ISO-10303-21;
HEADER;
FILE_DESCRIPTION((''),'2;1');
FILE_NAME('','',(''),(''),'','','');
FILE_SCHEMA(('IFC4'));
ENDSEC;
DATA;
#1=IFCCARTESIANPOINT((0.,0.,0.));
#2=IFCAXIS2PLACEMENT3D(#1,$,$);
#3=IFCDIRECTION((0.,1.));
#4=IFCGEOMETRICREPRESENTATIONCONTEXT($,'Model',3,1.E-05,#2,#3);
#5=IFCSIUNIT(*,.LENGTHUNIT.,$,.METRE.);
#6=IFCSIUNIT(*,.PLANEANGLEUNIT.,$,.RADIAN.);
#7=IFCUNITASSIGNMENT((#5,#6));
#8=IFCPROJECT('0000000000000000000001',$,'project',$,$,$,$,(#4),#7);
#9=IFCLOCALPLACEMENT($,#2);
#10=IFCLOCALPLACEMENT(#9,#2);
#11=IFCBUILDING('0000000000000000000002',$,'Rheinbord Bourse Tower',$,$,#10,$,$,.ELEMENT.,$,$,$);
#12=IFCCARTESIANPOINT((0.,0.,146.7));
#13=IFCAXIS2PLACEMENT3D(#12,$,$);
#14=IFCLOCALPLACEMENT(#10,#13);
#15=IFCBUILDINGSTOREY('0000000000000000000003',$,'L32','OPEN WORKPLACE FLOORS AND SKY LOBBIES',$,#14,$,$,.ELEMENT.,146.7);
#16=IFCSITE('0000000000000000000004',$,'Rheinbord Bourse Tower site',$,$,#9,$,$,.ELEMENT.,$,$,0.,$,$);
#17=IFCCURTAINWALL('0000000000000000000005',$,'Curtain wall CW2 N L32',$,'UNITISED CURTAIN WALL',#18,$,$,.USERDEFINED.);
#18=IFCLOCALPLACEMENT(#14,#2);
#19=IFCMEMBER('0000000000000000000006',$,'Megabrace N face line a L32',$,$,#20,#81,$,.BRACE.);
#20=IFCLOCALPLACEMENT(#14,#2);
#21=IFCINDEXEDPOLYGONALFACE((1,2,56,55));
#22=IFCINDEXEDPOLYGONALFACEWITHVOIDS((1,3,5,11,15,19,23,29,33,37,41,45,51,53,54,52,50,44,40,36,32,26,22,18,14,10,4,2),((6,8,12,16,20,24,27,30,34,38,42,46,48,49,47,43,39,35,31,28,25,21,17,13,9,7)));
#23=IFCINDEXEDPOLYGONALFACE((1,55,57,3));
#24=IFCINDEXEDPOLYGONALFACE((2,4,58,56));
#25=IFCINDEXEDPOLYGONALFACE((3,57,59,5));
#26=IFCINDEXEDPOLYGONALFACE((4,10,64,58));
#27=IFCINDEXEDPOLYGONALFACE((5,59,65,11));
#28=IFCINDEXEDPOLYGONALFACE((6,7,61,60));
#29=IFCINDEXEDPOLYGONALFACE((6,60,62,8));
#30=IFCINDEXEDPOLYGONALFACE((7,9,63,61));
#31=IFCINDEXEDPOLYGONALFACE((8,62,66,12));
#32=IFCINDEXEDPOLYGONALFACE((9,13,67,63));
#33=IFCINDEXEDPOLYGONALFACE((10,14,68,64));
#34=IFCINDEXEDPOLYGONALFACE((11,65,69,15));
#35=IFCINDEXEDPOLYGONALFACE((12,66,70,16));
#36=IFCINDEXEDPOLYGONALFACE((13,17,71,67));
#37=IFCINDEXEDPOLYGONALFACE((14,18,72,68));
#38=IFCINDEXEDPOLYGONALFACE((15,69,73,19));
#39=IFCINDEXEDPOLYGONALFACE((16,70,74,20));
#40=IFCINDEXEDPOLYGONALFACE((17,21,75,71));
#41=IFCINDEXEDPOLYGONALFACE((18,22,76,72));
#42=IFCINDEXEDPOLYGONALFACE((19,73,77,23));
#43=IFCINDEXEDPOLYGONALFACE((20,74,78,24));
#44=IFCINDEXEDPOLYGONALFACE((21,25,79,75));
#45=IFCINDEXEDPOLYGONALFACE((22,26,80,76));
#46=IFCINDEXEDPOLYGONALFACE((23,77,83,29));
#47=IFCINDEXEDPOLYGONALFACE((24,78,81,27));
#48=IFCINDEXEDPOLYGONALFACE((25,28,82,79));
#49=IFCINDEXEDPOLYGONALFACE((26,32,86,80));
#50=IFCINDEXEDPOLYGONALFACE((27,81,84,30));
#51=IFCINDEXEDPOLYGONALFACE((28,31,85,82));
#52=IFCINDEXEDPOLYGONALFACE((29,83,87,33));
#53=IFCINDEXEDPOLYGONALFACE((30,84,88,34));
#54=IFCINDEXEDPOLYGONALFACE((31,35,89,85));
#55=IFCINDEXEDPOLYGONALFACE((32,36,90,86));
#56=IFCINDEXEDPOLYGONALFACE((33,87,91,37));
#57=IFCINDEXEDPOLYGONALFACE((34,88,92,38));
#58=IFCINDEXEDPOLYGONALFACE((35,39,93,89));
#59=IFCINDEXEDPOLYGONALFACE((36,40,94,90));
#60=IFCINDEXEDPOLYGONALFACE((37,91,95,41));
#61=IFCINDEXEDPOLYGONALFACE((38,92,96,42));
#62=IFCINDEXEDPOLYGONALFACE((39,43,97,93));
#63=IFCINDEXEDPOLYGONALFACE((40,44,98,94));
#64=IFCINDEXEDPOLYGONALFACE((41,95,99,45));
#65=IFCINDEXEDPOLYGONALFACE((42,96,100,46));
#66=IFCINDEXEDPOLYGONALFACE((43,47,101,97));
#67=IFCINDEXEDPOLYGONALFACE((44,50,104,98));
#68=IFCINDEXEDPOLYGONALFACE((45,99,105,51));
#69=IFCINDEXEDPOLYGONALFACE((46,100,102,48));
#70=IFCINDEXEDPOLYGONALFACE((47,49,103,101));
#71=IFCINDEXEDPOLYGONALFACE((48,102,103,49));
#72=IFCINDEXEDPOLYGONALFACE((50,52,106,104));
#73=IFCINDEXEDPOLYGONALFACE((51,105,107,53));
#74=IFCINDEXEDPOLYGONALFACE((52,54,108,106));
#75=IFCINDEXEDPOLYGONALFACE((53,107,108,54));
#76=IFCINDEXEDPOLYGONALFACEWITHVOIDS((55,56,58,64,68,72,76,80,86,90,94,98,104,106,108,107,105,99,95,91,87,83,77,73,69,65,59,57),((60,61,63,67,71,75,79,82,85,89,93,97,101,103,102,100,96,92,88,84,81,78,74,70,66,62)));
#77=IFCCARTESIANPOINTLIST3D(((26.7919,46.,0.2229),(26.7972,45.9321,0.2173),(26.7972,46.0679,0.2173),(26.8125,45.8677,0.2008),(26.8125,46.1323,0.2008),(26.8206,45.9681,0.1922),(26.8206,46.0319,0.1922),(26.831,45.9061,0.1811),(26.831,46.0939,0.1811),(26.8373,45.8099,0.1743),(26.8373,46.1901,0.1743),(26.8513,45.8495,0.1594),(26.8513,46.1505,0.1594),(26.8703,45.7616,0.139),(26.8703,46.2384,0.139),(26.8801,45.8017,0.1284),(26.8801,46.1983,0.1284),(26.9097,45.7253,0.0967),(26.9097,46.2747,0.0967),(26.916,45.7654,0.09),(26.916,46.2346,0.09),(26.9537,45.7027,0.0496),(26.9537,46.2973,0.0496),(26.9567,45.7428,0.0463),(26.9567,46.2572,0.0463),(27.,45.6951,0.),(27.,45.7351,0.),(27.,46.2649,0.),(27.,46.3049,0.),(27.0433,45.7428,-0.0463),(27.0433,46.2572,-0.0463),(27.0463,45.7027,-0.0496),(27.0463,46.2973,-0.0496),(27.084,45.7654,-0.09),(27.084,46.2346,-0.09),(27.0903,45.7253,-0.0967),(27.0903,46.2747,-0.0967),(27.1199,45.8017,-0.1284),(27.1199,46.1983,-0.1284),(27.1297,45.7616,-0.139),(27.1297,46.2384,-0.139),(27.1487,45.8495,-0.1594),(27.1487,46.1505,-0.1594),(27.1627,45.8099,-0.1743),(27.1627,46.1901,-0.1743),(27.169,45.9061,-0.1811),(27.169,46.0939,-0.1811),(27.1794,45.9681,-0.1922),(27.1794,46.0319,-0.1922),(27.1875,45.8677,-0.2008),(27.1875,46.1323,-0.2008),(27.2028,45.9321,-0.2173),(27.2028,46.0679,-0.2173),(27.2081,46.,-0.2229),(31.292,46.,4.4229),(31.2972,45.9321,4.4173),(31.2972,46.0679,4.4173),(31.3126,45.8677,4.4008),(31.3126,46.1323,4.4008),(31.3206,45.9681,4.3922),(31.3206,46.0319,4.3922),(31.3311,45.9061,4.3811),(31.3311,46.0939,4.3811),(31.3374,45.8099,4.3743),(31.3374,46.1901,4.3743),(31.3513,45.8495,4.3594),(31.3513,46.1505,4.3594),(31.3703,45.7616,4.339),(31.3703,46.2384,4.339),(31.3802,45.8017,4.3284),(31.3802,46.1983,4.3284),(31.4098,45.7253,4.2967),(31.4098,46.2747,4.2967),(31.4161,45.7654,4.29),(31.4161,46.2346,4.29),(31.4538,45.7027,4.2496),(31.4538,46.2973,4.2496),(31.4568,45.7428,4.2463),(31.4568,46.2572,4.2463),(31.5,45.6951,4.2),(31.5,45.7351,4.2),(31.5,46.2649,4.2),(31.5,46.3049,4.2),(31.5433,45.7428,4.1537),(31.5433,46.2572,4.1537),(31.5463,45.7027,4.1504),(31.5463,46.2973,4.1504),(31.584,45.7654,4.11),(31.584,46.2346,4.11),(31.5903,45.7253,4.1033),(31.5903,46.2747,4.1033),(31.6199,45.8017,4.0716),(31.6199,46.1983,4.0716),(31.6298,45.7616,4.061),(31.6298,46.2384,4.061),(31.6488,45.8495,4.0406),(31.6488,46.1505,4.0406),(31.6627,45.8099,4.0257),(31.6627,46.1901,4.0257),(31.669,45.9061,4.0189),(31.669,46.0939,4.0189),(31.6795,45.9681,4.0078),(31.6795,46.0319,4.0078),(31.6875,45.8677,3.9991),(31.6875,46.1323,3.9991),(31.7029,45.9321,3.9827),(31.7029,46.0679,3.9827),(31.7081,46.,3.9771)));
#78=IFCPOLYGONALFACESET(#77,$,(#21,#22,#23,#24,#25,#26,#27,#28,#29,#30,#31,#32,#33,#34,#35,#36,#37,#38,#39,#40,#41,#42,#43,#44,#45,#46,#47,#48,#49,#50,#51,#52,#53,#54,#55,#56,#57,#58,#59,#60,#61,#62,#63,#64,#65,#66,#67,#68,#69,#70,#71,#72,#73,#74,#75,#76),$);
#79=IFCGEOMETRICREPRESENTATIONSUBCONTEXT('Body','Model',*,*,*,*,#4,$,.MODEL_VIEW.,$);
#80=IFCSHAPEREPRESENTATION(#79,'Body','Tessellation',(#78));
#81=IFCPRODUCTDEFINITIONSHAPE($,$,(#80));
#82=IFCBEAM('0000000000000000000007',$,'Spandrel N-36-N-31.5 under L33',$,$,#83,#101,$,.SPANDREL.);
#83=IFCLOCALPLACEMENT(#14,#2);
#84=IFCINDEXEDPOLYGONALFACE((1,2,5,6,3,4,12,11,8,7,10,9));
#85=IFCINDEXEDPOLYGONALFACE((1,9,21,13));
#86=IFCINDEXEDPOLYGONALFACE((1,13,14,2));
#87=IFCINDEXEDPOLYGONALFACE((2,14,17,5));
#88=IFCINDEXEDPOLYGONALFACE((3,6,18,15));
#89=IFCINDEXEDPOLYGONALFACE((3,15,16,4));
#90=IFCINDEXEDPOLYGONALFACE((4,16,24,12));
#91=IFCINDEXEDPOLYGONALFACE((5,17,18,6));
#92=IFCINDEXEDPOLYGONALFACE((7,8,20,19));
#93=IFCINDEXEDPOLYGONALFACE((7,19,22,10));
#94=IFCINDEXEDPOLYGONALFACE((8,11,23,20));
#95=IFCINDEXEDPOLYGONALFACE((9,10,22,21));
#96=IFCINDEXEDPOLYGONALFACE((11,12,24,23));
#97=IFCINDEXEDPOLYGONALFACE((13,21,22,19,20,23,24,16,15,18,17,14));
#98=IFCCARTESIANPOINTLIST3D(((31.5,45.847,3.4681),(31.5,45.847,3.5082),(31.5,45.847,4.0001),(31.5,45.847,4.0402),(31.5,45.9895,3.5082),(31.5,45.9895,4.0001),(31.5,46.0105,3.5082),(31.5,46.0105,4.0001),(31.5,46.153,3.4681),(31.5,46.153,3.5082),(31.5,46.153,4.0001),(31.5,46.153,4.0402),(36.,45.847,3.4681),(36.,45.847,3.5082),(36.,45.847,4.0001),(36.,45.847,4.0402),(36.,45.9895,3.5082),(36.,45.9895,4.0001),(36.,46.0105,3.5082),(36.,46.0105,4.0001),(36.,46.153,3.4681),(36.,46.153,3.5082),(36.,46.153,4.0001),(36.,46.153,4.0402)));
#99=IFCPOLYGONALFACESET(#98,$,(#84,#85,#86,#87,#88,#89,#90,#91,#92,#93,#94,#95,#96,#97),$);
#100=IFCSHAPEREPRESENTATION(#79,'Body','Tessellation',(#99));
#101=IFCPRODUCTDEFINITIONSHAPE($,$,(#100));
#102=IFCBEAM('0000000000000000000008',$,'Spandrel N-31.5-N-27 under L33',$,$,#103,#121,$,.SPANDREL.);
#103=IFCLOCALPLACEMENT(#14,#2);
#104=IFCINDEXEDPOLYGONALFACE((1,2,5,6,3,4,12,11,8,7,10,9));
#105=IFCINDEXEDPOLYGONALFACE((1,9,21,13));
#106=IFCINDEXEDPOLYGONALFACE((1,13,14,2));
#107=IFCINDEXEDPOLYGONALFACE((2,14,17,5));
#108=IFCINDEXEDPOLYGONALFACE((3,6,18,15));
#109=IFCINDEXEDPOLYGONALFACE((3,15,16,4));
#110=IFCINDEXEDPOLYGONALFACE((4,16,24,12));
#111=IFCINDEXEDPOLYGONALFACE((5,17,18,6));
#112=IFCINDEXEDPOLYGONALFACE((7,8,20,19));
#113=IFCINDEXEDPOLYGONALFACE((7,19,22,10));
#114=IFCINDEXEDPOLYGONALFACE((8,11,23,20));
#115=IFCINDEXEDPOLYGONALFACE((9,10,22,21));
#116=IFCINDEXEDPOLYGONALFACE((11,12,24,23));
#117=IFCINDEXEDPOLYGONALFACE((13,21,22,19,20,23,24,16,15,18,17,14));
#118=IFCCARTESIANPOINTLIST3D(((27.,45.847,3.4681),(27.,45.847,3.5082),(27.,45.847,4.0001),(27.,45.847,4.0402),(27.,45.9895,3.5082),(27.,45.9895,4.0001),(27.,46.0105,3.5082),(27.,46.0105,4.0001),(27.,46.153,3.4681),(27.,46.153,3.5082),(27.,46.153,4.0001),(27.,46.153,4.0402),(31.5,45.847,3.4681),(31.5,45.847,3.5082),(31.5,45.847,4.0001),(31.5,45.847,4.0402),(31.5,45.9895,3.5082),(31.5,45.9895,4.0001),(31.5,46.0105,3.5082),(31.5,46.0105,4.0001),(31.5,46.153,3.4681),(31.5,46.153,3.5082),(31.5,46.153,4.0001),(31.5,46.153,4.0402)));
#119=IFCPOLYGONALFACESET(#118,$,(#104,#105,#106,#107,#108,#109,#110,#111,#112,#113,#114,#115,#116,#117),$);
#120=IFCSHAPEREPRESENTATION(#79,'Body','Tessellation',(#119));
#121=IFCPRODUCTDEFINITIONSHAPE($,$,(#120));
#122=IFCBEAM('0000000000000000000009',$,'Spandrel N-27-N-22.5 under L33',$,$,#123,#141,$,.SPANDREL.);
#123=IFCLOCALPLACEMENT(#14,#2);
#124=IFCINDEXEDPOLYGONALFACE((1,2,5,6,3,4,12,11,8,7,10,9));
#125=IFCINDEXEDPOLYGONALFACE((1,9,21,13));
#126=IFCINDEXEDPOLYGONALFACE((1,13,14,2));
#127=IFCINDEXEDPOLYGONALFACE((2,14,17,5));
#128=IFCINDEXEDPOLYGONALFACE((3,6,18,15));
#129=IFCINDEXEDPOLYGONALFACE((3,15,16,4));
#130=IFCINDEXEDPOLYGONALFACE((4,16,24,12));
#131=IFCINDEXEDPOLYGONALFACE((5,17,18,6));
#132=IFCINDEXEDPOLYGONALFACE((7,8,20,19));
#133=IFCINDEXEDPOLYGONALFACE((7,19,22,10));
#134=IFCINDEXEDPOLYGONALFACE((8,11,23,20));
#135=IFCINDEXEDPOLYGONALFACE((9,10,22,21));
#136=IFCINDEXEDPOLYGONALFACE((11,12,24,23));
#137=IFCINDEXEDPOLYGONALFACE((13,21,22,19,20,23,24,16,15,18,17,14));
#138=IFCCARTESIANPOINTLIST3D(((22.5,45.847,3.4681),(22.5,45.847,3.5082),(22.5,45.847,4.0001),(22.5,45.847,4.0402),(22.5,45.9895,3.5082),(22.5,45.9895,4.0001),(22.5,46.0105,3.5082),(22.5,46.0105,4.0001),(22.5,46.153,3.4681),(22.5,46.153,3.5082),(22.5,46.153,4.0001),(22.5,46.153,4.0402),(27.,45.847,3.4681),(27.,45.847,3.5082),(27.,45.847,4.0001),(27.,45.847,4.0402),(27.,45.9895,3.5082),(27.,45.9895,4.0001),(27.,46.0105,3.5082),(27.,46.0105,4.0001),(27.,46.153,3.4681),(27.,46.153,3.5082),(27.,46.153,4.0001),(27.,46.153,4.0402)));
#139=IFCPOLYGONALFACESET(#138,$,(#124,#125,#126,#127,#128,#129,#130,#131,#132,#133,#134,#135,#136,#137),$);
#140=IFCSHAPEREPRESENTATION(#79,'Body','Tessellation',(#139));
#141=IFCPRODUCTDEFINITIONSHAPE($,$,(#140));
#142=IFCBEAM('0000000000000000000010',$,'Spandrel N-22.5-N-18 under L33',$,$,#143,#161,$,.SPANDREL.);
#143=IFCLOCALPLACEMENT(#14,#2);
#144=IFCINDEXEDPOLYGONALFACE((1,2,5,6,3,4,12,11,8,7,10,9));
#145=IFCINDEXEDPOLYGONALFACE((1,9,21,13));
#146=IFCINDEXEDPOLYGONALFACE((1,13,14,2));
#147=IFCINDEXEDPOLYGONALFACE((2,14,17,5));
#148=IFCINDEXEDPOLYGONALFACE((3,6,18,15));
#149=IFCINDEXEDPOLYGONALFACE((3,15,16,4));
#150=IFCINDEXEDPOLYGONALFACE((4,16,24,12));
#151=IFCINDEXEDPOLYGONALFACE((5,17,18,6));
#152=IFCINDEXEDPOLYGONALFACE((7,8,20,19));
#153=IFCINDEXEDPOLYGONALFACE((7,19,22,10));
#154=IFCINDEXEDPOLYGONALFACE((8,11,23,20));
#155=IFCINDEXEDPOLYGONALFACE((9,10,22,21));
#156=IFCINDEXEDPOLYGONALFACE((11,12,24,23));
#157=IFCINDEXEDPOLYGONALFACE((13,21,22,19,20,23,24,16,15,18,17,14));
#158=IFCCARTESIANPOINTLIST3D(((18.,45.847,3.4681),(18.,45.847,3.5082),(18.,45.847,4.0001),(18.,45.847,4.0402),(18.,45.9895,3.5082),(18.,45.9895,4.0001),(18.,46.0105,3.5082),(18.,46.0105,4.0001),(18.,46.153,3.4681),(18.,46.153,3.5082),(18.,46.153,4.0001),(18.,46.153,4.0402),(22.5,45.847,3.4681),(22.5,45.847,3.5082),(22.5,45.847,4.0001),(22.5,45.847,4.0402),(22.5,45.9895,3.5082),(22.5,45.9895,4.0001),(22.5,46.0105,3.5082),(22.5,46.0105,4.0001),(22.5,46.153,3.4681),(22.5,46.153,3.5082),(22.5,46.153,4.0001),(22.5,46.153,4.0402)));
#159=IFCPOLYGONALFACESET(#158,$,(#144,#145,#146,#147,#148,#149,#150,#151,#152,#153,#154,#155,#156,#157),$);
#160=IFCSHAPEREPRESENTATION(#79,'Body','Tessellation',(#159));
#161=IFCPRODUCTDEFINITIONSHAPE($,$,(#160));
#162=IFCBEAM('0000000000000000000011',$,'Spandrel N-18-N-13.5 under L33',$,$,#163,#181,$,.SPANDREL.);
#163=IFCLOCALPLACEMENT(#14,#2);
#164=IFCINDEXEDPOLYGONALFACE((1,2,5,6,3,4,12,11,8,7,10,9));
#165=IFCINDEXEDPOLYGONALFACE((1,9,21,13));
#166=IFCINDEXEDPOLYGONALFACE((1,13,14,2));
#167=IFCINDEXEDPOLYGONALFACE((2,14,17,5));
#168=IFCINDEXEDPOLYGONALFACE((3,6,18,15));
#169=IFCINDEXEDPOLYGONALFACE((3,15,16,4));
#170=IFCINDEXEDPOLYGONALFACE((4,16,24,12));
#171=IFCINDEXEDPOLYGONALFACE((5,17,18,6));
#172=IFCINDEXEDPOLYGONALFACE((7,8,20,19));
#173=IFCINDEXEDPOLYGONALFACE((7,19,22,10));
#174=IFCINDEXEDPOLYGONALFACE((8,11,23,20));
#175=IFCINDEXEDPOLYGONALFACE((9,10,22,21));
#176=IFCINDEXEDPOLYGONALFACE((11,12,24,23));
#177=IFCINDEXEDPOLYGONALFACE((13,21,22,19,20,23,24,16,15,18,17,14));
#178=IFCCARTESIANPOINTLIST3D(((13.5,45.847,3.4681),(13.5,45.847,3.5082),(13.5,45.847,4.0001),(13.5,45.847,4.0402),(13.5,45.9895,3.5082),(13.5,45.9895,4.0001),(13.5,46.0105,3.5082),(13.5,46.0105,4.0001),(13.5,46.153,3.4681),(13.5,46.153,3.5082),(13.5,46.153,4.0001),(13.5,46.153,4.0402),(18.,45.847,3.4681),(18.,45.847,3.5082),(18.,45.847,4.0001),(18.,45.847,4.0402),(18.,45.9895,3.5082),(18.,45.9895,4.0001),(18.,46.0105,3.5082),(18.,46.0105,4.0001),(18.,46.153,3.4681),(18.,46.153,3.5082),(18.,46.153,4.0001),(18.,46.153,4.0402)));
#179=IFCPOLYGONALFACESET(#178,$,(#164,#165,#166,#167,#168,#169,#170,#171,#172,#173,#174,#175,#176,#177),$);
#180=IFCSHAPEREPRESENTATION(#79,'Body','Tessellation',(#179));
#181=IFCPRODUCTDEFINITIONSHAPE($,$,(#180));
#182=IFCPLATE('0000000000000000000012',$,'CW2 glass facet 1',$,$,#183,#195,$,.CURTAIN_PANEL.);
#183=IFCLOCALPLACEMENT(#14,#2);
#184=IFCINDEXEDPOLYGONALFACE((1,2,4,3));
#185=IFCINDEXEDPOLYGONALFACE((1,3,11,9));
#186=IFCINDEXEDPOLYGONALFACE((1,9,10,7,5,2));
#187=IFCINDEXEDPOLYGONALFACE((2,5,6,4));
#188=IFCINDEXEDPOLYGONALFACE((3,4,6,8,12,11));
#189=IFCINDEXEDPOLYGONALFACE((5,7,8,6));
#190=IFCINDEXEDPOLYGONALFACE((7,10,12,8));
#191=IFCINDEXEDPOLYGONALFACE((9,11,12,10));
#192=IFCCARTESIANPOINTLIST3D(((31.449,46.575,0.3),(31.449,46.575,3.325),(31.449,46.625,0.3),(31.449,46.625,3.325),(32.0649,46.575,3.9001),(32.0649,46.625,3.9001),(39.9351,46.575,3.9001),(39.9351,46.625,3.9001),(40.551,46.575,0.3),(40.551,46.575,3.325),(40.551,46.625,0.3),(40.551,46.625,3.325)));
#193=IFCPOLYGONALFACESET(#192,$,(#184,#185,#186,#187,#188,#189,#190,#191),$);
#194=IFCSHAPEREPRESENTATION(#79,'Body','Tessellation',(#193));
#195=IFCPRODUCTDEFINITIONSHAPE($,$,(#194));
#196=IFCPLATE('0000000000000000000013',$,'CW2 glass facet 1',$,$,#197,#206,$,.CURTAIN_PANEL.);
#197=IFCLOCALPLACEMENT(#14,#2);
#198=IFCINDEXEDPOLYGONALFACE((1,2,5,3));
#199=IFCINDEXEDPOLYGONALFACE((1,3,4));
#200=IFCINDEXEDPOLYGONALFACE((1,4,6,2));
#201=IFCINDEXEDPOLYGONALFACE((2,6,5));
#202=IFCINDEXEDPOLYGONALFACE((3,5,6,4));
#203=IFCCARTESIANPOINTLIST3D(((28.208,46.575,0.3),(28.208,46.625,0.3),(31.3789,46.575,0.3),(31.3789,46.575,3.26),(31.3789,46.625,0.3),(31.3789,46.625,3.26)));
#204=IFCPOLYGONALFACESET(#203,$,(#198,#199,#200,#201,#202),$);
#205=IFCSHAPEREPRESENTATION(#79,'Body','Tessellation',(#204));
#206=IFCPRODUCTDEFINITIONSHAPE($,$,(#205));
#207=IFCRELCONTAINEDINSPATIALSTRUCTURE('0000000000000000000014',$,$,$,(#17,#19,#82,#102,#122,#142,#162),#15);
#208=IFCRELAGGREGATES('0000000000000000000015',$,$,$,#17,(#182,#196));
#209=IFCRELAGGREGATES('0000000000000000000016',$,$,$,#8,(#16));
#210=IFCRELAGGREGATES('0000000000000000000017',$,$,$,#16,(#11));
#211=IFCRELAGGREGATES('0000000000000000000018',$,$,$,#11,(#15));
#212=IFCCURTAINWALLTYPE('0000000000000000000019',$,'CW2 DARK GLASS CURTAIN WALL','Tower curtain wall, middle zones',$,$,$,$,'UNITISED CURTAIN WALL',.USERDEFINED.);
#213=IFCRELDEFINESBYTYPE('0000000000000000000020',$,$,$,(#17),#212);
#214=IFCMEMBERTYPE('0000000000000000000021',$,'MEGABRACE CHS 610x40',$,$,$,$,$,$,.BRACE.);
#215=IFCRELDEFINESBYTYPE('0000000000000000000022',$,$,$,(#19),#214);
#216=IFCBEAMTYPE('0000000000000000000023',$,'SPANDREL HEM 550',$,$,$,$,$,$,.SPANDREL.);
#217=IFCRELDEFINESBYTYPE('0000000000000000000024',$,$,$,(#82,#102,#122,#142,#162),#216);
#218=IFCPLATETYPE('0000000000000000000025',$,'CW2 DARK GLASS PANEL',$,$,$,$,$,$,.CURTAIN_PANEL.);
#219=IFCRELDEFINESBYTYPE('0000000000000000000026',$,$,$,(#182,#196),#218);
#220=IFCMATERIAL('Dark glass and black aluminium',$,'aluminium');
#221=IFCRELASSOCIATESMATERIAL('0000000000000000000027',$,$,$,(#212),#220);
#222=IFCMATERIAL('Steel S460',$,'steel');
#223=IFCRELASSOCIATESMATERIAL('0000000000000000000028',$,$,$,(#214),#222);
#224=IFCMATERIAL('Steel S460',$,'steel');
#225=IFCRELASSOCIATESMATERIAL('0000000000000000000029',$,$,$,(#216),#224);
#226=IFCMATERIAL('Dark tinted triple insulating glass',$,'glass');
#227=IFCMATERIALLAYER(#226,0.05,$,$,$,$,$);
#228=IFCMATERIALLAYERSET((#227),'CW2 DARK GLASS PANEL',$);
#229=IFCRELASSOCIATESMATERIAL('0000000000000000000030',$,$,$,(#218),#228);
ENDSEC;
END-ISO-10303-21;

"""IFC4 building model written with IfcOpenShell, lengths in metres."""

from ifc_helpers import new_model, si_unit, direction, frame, origin, origin_2d, place, context, subcontext, project, spatial, polyline, hollow_circle, i_section, outline, extrude, material, layer, layer_set, material_profile, profile_set, type_object, element, aggregate, save


model = new_model("IFC4")

# Units and contexts
model_context = context("Model", 3, precision=1e-05, world=origin(), true_north=direction((0.0, 1.0)))
body_context = subcontext(model_context, "Body", "Model", "MODEL_VIEW")
ifc_project = project(units=[si_unit("LENGTHUNIT", "METRE"), si_unit("PLANEANGLEUNIT", "RADIAN")], contexts=[model_context])

# Site, building, storey
site_placement = place(None, origin())
site = spatial("IfcSite", under=ifc_project, at=site_placement, Name="Rheinbord Bourse Tower site", CompositionType="ELEMENT", RefElevation=0.0)
building_placement = place(site_placement, origin())
building = spatial("IfcBuilding", under=site, at=building_placement, Name="Rheinbord Bourse Tower", CompositionType="ELEMENT")
storey_placement = place(building_placement, frame((0.0, 0.0, 146.7)))
storey = spatial("IfcBuildingStorey", under=building, at=storey_placement, Name="L32", Description="OPEN WORKPLACE FLOORS AND SKY LOBBIES", CompositionType="ELEMENT", Elevation=146.7)

# Curtain wall
ifc_material_1 = material(Name="Dark glass and black aluminium", Category="aluminium")
curtain_wall_type = type_object("IfcCurtainWallType", Name="CW2 DARK GLASS CURTAIN WALL", Description="Tower curtain wall, middle zones", ElementType="UNITISED CURTAIN WALL", PredefinedType="USERDEFINED", material=ifc_material_1)
curtain_wall_placement = place(storey_placement, origin())
curtain_wall = element("IfcCurtainWall", 1, at=curtain_wall_placement, inside=storey, type_object=curtain_wall_type, Name="Curtain wall CW2 N L32", ObjectType="UNITISED CURTAIN WALL", PredefinedType="USERDEFINED")

# Member
ifc_material_2 = material(Name="Steel S460", Category="steel")
ifc_material_profile_1 = material_profile(ifc_material_2, hollow_circle(Radius=0.3049, WallThickness=0.04, at=origin_2d()), Name="CHS 610x40")
ifc_profile_set_1 = profile_set([ifc_material_profile_1], Name="Steel S460")
member_type_1 = type_object("IfcMemberType", Name="MEGABRACE CHS 610x40", PredefinedType="BRACE", material=ifc_profile_set_1)
member_1_placement = place(storey_placement, frame((27.0, 46.0, 0.0), z_axis=(0.731059, 0.0, 0.682314), x_axis=(0.0, 1.0, 0.0)))
element("IfcMember", 2, at=member_1_placement, inside=storey, type_object=member_type_1, Name="Megabrace N face line a L32", PredefinedType="BRACE", context=body_context, shape_type="SweptSolid", body=[
    extrude(hollow_circle(Radius=0.3049, WallThickness=0.04, at=origin_2d()), origin(), (0.0, 0.0, 1.0), 6.1555),
])

# Beams
ifc_material_3 = material(Name="Steel S460", Category="steel")
ifc_material_profile_2 = material_profile(ifc_material_3, i_section(OverallWidth=0.3059, OverallDepth=0.572, WebThickness=0.021, FlangeThickness=0.04, at=origin_2d()), Name="HEM 550")
ifc_profile_set_2 = profile_set([ifc_material_profile_2], Name="Steel S460")
beam_type_1 = type_object("IfcBeamType", Name="SPANDREL HEM 550", PredefinedType="SPANDREL", material=ifc_profile_set_2)
for number, where, z_axis, x_axis, name in (
    (3, (36.0, 46.0, 3.7542), (-1.0, 0.0, 0.0), (0.0, -1.0, 0.0), "Spandrel N-36-N-31.5 under L33"),
    (4, (31.5, 46.0, 3.7542), (-1.0, 0.0, 0.0), (0.0, -1.0, 0.0), "Spandrel N-31.5-N-27 under L33"),
    (5, (27.0, 46.0, 3.7542), (-1.0, 0.0, 0.0), (0.0, -1.0, 0.0), "Spandrel N-27-N-22.5 under L33"),
    (6, (22.5, 46.0, 3.7542), (-1.0, 0.0, 0.0), (0.0, -1.0, 0.0), "Spandrel N-22.5-N-18 under L33"),
    (7, (18.0, 46.0, 3.7542), (-1.0, 0.0, 0.0), (0.0, -1.0, 0.0), "Spandrel N-18-N-13.5 under L33"),
):
    element("IfcBeam", number, at=place(storey_placement, frame(where, z_axis=z_axis, x_axis=x_axis)), inside=storey, type_object=beam_type_1, Name=name, PredefinedType="SPANDREL", context=body_context, shape_type="SweptSolid", body=[
        extrude(i_section(OverallWidth=0.3059, OverallDepth=0.572, WebThickness=0.021, FlangeThickness=0.04, at=origin_2d()), origin(), (0.0, 0.0, 1.0), 4.5),
    ])

# Plates
ifc_material_4 = material(Name="Dark tinted triple insulating glass", Category="glass")
ifc_layer_1 = layer(ifc_material_4, 0.05)
ifc_layer_set_1 = layer_set([ifc_layer_1], Name="CW2 DARK GLASS PANEL")
plate_type = type_object("IfcPlateType", Name="CW2 DARK GLASS PANEL", PredefinedType="CURTAIN_PANEL", material=ifc_layer_set_1)
plate_1_placement = place(storey_placement, frame((31.449, 46.625, 0.3), z_axis=(0.0, -1.0, 0.0), x_axis=(1.0, 0.0, 0.0)))
plate_1 = element("IfcPlate", 8, at=plate_1_placement, type_object=plate_type, Name="CW2 glass facet 1", PredefinedType="CURTAIN_PANEL", context=body_context, shape_type="SweptSolid", body=[
    extrude(outline(polyline([(0.0, 0.0), (9.1021, 0.0), (9.1021, 3.0249), (8.4861, 3.6001), (0.616, 3.6001), (0.0, 3.0249), (0.0, 0.0)])), origin(), (0.0, 0.0, 1.0), 0.05),
])
plate_2_placement = place(storey_placement, frame((31.3789, 46.625, 0.3), z_axis=(0.0, -1.0, 0.0), x_axis=(0.0, 0.0, 1.0)))
plate_2 = element("IfcPlate", 9, at=plate_2_placement, type_object=plate_type, Name="CW2 glass facet 1", PredefinedType="CURTAIN_PANEL", context=body_context, shape_type="SweptSolid", body=[
    extrude(outline(polyline([(0.0, 0.0), (2.96, 0.0), (0.0, 3.1709), (0.0, 0.0)])), origin(), (0.0, 0.0, 1.0), 0.05),
])
aggregate(curtain_wall, [plate_1, plate_2])

save(model, "model.ifc")
